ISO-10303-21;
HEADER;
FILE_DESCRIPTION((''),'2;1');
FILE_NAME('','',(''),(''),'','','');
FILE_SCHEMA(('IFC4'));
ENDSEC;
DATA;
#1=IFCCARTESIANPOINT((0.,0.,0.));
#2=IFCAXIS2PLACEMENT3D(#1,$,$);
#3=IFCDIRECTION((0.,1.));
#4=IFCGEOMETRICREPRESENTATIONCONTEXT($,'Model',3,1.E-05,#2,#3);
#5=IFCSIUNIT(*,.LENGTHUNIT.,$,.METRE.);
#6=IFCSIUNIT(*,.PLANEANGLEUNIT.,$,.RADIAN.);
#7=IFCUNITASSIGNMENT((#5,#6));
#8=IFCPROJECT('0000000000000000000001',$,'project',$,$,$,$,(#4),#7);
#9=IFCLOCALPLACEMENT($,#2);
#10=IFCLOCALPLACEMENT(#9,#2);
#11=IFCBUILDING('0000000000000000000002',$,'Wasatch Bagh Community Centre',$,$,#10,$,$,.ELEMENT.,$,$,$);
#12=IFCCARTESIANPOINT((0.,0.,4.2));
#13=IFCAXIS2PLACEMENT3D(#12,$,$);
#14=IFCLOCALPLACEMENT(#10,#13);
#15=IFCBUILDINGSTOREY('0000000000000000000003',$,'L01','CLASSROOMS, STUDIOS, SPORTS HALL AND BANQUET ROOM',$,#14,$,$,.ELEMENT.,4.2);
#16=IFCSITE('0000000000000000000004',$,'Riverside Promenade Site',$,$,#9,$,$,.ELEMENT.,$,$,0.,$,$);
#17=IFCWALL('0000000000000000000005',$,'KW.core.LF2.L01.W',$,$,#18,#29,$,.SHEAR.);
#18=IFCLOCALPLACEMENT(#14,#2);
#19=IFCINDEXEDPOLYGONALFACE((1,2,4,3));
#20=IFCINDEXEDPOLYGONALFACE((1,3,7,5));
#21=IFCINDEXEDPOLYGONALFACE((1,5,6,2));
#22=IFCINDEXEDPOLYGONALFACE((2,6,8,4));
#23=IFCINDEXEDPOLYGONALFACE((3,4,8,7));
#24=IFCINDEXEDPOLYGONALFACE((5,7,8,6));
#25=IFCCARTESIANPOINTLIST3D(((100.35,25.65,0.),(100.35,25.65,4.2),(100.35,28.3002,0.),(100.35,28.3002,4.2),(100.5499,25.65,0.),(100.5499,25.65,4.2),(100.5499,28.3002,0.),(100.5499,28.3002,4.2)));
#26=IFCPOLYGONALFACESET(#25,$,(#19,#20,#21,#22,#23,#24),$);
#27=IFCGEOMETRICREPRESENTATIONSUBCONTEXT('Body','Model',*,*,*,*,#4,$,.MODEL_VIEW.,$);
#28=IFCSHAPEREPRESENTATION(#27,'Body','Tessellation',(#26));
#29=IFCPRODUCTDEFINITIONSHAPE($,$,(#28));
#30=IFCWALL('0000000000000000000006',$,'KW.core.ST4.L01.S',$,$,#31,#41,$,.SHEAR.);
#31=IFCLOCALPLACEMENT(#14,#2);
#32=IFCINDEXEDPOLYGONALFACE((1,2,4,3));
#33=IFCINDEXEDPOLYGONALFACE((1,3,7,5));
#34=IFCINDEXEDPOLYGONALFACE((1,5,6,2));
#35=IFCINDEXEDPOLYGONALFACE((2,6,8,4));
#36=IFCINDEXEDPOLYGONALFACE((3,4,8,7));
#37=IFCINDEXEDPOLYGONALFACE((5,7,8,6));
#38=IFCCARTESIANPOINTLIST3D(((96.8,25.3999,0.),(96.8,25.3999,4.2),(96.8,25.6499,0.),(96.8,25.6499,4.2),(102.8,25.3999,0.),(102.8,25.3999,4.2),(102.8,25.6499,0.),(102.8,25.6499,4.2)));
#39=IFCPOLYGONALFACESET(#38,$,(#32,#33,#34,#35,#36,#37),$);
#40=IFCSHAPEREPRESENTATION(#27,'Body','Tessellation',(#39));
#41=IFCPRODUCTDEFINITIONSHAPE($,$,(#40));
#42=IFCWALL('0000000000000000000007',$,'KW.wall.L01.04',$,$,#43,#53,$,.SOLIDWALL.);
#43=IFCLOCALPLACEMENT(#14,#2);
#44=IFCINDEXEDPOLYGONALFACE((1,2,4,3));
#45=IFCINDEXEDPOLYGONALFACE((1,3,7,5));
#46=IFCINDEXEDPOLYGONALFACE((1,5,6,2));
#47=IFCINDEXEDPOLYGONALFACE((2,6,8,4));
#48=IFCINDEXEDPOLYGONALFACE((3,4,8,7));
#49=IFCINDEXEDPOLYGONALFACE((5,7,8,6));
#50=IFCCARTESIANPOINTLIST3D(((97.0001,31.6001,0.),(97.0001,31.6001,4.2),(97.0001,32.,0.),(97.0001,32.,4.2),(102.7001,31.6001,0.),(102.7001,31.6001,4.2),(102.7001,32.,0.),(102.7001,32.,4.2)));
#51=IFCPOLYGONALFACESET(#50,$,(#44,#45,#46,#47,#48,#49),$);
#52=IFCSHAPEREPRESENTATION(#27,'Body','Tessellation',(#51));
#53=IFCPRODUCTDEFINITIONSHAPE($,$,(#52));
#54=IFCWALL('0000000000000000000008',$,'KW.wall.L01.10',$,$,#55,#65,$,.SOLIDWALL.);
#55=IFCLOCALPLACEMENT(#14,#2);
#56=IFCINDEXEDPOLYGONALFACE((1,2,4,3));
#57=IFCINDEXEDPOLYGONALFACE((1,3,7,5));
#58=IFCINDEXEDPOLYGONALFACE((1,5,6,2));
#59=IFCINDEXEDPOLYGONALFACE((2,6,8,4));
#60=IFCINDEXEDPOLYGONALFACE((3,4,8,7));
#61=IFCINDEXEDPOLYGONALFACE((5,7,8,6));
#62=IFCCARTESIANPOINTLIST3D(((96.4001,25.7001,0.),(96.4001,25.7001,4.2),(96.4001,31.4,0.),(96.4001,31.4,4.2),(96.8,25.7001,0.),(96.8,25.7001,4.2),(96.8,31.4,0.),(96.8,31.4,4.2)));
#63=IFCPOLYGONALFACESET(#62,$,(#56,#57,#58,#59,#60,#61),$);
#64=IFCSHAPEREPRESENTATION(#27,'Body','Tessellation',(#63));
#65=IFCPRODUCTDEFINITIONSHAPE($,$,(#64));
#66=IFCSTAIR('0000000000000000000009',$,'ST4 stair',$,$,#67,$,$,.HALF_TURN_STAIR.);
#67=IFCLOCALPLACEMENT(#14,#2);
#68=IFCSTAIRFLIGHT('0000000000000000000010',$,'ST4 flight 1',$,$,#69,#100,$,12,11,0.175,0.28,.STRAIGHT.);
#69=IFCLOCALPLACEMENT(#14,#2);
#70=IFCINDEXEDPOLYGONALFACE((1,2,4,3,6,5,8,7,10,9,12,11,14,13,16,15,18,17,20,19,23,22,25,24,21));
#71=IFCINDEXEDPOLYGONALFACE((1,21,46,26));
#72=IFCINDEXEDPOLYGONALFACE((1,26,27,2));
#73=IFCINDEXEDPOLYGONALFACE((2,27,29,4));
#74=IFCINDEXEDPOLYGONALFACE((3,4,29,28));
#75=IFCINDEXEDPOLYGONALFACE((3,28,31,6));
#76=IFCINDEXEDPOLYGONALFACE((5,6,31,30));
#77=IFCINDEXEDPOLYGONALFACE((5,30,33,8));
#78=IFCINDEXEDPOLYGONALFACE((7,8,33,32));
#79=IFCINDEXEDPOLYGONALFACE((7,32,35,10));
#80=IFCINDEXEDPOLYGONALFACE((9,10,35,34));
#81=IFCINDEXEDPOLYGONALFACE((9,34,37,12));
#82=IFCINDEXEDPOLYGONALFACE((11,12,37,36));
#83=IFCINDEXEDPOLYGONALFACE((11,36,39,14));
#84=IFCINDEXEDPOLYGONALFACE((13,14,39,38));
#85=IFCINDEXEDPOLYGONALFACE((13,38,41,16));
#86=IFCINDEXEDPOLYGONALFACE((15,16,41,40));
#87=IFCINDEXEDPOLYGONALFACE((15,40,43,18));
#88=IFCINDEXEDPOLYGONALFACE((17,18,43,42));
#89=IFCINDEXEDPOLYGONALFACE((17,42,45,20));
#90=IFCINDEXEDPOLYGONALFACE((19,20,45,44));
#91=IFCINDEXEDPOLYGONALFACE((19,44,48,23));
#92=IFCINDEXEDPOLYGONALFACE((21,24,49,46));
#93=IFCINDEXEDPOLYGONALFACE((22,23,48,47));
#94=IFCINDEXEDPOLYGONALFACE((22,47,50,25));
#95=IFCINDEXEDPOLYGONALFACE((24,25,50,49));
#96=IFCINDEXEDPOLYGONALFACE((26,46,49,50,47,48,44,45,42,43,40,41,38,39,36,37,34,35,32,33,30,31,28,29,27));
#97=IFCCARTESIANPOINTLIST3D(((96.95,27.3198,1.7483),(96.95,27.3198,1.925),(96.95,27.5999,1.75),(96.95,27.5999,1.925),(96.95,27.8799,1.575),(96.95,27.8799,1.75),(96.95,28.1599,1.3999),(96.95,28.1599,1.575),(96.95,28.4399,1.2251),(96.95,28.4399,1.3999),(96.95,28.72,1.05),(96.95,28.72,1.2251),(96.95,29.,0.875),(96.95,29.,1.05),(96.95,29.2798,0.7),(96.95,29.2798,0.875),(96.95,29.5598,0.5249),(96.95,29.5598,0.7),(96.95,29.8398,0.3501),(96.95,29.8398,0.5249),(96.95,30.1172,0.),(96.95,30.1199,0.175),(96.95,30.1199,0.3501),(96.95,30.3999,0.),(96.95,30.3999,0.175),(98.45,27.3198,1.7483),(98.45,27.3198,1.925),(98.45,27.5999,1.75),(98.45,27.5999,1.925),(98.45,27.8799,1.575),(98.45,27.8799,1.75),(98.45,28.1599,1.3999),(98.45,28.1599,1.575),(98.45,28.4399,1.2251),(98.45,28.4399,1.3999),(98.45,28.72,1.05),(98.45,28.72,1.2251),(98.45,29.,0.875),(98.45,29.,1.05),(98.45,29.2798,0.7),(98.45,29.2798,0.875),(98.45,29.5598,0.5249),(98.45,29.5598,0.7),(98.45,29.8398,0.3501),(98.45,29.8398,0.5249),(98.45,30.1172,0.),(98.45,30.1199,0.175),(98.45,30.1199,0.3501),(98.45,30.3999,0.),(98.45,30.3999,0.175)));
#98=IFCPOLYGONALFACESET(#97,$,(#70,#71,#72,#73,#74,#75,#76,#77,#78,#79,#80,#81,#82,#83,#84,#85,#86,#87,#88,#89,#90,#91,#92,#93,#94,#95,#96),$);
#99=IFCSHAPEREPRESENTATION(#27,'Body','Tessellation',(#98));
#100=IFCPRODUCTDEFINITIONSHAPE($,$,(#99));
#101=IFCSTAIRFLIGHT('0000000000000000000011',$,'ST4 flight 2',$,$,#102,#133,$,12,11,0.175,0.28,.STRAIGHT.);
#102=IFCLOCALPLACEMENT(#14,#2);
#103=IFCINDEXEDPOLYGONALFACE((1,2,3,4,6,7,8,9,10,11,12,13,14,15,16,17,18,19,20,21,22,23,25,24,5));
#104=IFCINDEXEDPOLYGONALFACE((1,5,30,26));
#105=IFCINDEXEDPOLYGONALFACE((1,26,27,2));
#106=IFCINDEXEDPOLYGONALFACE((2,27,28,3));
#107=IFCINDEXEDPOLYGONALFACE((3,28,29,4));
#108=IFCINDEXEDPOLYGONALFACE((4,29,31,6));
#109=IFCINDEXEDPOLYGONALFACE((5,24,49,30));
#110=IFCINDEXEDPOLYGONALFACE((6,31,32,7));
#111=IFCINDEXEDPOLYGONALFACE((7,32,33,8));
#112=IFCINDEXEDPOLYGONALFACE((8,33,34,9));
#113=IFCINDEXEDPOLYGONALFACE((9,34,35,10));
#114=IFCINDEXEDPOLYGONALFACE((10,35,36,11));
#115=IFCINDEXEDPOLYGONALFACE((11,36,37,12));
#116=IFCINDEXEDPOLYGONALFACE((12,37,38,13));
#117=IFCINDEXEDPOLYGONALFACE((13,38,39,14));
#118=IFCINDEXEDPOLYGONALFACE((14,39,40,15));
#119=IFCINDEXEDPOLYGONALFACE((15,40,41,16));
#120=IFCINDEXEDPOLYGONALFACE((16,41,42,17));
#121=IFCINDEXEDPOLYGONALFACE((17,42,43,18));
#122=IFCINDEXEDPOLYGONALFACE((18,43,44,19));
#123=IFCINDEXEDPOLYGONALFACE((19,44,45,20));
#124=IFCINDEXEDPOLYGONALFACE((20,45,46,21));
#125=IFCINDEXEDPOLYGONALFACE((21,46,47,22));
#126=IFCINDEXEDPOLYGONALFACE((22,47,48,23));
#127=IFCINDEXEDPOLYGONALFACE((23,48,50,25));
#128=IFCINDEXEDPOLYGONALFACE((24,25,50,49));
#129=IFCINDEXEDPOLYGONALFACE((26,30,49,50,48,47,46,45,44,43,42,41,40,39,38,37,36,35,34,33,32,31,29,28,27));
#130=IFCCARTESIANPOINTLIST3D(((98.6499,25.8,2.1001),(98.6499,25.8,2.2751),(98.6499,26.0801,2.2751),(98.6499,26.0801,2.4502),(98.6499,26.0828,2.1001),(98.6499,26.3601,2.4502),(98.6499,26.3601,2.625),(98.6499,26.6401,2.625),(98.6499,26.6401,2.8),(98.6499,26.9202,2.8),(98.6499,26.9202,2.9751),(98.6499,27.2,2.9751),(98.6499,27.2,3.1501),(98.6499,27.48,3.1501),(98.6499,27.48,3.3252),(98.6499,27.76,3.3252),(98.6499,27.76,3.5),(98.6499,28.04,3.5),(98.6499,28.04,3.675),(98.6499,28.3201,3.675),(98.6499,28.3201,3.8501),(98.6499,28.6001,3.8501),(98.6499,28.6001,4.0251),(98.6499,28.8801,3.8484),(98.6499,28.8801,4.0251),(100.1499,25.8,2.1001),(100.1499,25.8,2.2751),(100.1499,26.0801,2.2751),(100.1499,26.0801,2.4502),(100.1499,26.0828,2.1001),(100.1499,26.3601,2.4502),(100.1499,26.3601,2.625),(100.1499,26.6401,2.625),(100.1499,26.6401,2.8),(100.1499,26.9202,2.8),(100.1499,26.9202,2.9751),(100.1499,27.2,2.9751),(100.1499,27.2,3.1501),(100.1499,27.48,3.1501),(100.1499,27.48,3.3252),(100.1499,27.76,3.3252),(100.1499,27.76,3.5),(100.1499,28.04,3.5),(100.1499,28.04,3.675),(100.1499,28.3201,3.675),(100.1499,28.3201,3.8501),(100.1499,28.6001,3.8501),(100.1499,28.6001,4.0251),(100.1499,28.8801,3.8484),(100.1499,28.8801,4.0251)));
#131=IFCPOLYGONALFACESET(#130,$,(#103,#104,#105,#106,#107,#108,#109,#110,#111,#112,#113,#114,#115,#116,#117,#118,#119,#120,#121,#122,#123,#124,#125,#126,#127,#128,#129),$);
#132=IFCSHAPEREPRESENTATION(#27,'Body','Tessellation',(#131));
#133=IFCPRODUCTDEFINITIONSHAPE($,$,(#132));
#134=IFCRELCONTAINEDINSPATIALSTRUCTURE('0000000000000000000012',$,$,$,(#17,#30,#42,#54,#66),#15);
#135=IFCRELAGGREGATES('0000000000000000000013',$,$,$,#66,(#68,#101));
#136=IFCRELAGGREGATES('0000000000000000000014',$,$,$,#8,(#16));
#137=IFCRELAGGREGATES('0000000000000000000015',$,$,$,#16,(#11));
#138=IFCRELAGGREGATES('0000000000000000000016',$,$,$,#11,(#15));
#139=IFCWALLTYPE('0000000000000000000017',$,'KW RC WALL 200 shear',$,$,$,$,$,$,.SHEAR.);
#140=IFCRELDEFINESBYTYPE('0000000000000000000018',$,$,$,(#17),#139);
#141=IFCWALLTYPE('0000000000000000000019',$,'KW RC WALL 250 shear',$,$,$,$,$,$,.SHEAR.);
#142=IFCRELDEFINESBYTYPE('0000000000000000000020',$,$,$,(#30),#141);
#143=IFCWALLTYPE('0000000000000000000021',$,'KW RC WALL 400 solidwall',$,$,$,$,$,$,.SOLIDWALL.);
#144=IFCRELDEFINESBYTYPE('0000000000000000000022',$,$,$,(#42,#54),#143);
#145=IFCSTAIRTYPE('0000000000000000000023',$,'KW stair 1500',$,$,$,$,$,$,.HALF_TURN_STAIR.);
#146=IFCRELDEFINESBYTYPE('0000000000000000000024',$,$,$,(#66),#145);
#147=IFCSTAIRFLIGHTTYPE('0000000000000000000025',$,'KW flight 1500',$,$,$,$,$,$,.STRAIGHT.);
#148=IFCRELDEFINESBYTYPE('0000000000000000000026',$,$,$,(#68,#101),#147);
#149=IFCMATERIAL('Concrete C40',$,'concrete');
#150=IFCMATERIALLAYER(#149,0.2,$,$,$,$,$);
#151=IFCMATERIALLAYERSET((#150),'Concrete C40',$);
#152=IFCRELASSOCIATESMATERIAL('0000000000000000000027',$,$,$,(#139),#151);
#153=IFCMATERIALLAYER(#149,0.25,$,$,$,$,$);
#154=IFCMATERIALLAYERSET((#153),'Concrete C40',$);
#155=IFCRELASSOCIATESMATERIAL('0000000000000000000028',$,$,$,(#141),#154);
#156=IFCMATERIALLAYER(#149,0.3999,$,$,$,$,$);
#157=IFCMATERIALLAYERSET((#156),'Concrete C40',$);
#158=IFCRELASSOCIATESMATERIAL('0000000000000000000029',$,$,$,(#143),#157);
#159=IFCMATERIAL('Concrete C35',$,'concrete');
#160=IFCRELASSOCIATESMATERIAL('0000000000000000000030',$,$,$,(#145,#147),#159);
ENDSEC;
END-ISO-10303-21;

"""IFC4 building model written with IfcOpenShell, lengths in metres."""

from ifc_helpers import new_model, si_unit, direction, frame, frame_2d, origin, place, context, subcontext, project, spatial, polyline, rectangle, outline, extrude, material, layer, layer_set, type_object, element, aggregate, save


model = new_model("IFC4")

# Units and contexts
model_context = context("Model", 3, precision=1e-05, world=origin(), true_north=direction((0.0, 1.0)))
body_context = subcontext(model_context, "Body", "Model", "MODEL_VIEW")
ifc_project = project(units=[si_unit("LENGTHUNIT", "METRE"), si_unit("PLANEANGLEUNIT", "RADIAN")], contexts=[model_context])

# Site, building, storey
site_placement = place(None, origin())
site = spatial("IfcSite", under=ifc_project, at=site_placement, Name="Riverside Promenade Site", CompositionType="ELEMENT", RefElevation=0.0)
building_placement = place(site_placement, origin())
building = spatial("IfcBuilding", under=site, at=building_placement, Name="Wasatch Bagh Community Centre", CompositionType="ELEMENT")
storey_placement = place(building_placement, frame((0.0, 0.0, 4.2)))
storey = spatial("IfcBuildingStorey", under=building, at=storey_placement, Name="L01", Description="CLASSROOMS, STUDIOS, SPORTS HALL AND BANQUET ROOM", CompositionType="ELEMENT", Elevation=4.2)

# Shared definitions
ifc_material_1 = material(Name="Concrete C40", Category="concrete")

# Walls
ifc_layer_1 = layer(ifc_material_1, 0.2)
ifc_layer_set_1 = layer_set([ifc_layer_1], Name="Concrete C40")
wall_type_1 = type_object("IfcWallType", Name="KW RC WALL 200 shear", PredefinedType="SHEAR", material=ifc_layer_set_1)
wall_1_placement = place(storey_placement, frame((100.45, 25.6499, 0.0), z_axis=(0.0, 0.0, 1.0), x_axis=(0.0, 1.0, 0.0)))
element("IfcWall", 1, at=wall_1_placement, inside=storey, type_object=wall_type_1, Name="KW.core.LF2.L01.W", PredefinedType="SHEAR", context=body_context, shape_type="SweptSolid", body=[
    extrude(rectangle(XDim=2.6501, YDim=0.2, at=frame_2d((1.3252, 0.0))), origin(), (0.0, 0.0, 1.0), 4.2),
])
ifc_layer_2 = layer(ifc_material_1, 0.25)
ifc_layer_set_2 = layer_set([ifc_layer_2], Name="Concrete C40")
wall_type_2 = type_object("IfcWallType", Name="KW RC WALL 250 shear", PredefinedType="SHEAR", material=ifc_layer_set_2)
wall_2_placement = place(storey_placement, frame((96.8, 25.5249, 0.0), z_axis=(0.0, 0.0, 1.0), x_axis=(1.0, 0.0, 0.0)))
element("IfcWall", 2, at=wall_2_placement, inside=storey, type_object=wall_type_2, Name="KW.core.ST4.L01.S", PredefinedType="SHEAR", context=body_context, shape_type="SweptSolid", body=[
    extrude(rectangle(XDim=6.0, YDim=0.25, at=frame_2d((3.0, 0.0))), origin(), (0.0, 0.0, 1.0), 4.2),
])
ifc_layer_3 = layer(ifc_material_1, 0.3999)
ifc_layer_set_3 = layer_set([ifc_layer_3], Name="Concrete C40")
wall_type_3 = type_object("IfcWallType", Name="KW RC WALL 400 solidwall", PredefinedType="SOLIDWALL", material=ifc_layer_set_3)
for number, where, z_axis, x_axis, name in (
    (3, (97.0, 31.8, 0.0), (0.0, 0.0, 1.0), (1.0, 0.0, 0.0), "KW.wall.L01.04"),
    (4, (96.6001, 25.7, 0.0), (0.0, 0.0, 1.0), (0.0, 1.0, 0.0), "KW.wall.L01.10"),
):
    element("IfcWall", number, at=place(storey_placement, frame(where, z_axis=z_axis, x_axis=x_axis)), inside=storey, type_object=wall_type_3, Name=name, PredefinedType="SOLIDWALL", context=body_context, shape_type="SweptSolid", body=[
        extrude(rectangle(XDim=5.7, YDim=0.3999, at=frame_2d((2.8501, 0.0))), origin(), (0.0, 0.0, 1.0), 4.2),
    ])

# Stair, stair flights
ifc_material_2 = material(Name="Concrete C35", Category="concrete")
stair_type = type_object("IfcStairType", Name="KW stair 1500", PredefinedType="HALF_TURN_STAIR", material=ifc_material_2)
stair_placement = place(storey_placement, origin())
stair = element("IfcStair", 5, at=stair_placement, inside=storey, type_object=stair_type, Name="ST4 stair", PredefinedType="HALF_TURN_STAIR")
stair_flight_type = type_object("IfcStairFlightType", Name="KW flight 1500", PredefinedType="STRAIGHT", material=ifc_material_2)
stair_flight_1_placement = place(storey_placement, frame((97.7, 30.3999, 0.0), z_axis=(0.0, 0.0, 1.0), x_axis=(0.0, -1.0, 0.0)))
stair_flight_1 = element("IfcStairFlight", 6, at=stair_flight_1_placement, type_object=stair_flight_type, Name="ST4 flight 1", NumberOfRisers=12, NumberOfTreads=11, PredefinedType="STRAIGHT", RiserHeight=0.175, TreadLength=0.28, context=body_context, shape_type="SweptSolid", body=[
    extrude(outline(polyline([(0.0, 0.0), (0.0, 0.175), (0.28, 0.175), (0.28, 0.3501), (0.5601, 0.3501), (0.5601, 0.5249), (0.8401, 0.5249), (0.8401, 0.7), (1.1201, 0.7), (1.1201, 0.875), (1.3999, 0.875), (1.3999, 1.05), (1.6799, 1.05), (1.6799, 1.2251), (1.96, 1.2251), (1.96, 1.3999), (2.24, 1.3999), (2.24, 1.575), (2.52, 1.575), (2.52, 1.75), (2.8, 1.75), (2.8, 1.925), (3.0801, 1.925), (3.0801, 2.1001), (3.0801, 1.7483), (0.2827, 0.0), (0.0, 0.0)])), frame((0.0, 0.75, 0.0), z_axis=(0.0, -1.0, 0.0), x_axis=(1.0, 0.0, 0.0)), (0.0, 0.0, 1.0), 1.5),
])
stair_flight_2_placement = place(storey_placement, frame((99.3999, 25.8, 2.1001), z_axis=(0.0, 0.0, 1.0), x_axis=(0.0, 1.0, 0.0)))
stair_flight_2 = element("IfcStairFlight", 7, at=stair_flight_2_placement, type_object=stair_flight_type, Name="ST4 flight 2", NumberOfRisers=12, NumberOfTreads=11, PredefinedType="STRAIGHT", RiserHeight=0.175, TreadLength=0.28, context=body_context, shape_type="SweptSolid", body=[
    extrude(outline(polyline([(0.0, 0.0), (0.0, 0.175), (0.28, 0.175), (0.28, 0.3501), (0.5601, 0.3501), (0.5601, 0.5249), (0.8401, 0.5249), (0.8401, 0.7), (1.1201, 0.7), (1.1201, 0.875), (1.3999, 0.875), (1.3999, 1.05), (1.6799, 1.05), (1.6799, 1.2251), (1.96, 1.2251), (1.96, 1.3999), (2.24, 1.3999), (2.24, 1.575), (2.52, 1.575), (2.52, 1.75), (2.8, 1.75), (2.8, 1.925), (3.0801, 1.925), (3.0801, 2.1001), (3.0801, 1.7483), (0.2827, 0.0), (0.0, 0.0)])), frame((0.0, 0.75, 0.0), z_axis=(0.0, -1.0, 0.0), x_axis=(1.0, 0.0, 0.0)), (0.0, 0.0, 1.0), 1.5),
])
aggregate(stair, [stair_flight_1, stair_flight_2])

save(model, "model.ifc")
